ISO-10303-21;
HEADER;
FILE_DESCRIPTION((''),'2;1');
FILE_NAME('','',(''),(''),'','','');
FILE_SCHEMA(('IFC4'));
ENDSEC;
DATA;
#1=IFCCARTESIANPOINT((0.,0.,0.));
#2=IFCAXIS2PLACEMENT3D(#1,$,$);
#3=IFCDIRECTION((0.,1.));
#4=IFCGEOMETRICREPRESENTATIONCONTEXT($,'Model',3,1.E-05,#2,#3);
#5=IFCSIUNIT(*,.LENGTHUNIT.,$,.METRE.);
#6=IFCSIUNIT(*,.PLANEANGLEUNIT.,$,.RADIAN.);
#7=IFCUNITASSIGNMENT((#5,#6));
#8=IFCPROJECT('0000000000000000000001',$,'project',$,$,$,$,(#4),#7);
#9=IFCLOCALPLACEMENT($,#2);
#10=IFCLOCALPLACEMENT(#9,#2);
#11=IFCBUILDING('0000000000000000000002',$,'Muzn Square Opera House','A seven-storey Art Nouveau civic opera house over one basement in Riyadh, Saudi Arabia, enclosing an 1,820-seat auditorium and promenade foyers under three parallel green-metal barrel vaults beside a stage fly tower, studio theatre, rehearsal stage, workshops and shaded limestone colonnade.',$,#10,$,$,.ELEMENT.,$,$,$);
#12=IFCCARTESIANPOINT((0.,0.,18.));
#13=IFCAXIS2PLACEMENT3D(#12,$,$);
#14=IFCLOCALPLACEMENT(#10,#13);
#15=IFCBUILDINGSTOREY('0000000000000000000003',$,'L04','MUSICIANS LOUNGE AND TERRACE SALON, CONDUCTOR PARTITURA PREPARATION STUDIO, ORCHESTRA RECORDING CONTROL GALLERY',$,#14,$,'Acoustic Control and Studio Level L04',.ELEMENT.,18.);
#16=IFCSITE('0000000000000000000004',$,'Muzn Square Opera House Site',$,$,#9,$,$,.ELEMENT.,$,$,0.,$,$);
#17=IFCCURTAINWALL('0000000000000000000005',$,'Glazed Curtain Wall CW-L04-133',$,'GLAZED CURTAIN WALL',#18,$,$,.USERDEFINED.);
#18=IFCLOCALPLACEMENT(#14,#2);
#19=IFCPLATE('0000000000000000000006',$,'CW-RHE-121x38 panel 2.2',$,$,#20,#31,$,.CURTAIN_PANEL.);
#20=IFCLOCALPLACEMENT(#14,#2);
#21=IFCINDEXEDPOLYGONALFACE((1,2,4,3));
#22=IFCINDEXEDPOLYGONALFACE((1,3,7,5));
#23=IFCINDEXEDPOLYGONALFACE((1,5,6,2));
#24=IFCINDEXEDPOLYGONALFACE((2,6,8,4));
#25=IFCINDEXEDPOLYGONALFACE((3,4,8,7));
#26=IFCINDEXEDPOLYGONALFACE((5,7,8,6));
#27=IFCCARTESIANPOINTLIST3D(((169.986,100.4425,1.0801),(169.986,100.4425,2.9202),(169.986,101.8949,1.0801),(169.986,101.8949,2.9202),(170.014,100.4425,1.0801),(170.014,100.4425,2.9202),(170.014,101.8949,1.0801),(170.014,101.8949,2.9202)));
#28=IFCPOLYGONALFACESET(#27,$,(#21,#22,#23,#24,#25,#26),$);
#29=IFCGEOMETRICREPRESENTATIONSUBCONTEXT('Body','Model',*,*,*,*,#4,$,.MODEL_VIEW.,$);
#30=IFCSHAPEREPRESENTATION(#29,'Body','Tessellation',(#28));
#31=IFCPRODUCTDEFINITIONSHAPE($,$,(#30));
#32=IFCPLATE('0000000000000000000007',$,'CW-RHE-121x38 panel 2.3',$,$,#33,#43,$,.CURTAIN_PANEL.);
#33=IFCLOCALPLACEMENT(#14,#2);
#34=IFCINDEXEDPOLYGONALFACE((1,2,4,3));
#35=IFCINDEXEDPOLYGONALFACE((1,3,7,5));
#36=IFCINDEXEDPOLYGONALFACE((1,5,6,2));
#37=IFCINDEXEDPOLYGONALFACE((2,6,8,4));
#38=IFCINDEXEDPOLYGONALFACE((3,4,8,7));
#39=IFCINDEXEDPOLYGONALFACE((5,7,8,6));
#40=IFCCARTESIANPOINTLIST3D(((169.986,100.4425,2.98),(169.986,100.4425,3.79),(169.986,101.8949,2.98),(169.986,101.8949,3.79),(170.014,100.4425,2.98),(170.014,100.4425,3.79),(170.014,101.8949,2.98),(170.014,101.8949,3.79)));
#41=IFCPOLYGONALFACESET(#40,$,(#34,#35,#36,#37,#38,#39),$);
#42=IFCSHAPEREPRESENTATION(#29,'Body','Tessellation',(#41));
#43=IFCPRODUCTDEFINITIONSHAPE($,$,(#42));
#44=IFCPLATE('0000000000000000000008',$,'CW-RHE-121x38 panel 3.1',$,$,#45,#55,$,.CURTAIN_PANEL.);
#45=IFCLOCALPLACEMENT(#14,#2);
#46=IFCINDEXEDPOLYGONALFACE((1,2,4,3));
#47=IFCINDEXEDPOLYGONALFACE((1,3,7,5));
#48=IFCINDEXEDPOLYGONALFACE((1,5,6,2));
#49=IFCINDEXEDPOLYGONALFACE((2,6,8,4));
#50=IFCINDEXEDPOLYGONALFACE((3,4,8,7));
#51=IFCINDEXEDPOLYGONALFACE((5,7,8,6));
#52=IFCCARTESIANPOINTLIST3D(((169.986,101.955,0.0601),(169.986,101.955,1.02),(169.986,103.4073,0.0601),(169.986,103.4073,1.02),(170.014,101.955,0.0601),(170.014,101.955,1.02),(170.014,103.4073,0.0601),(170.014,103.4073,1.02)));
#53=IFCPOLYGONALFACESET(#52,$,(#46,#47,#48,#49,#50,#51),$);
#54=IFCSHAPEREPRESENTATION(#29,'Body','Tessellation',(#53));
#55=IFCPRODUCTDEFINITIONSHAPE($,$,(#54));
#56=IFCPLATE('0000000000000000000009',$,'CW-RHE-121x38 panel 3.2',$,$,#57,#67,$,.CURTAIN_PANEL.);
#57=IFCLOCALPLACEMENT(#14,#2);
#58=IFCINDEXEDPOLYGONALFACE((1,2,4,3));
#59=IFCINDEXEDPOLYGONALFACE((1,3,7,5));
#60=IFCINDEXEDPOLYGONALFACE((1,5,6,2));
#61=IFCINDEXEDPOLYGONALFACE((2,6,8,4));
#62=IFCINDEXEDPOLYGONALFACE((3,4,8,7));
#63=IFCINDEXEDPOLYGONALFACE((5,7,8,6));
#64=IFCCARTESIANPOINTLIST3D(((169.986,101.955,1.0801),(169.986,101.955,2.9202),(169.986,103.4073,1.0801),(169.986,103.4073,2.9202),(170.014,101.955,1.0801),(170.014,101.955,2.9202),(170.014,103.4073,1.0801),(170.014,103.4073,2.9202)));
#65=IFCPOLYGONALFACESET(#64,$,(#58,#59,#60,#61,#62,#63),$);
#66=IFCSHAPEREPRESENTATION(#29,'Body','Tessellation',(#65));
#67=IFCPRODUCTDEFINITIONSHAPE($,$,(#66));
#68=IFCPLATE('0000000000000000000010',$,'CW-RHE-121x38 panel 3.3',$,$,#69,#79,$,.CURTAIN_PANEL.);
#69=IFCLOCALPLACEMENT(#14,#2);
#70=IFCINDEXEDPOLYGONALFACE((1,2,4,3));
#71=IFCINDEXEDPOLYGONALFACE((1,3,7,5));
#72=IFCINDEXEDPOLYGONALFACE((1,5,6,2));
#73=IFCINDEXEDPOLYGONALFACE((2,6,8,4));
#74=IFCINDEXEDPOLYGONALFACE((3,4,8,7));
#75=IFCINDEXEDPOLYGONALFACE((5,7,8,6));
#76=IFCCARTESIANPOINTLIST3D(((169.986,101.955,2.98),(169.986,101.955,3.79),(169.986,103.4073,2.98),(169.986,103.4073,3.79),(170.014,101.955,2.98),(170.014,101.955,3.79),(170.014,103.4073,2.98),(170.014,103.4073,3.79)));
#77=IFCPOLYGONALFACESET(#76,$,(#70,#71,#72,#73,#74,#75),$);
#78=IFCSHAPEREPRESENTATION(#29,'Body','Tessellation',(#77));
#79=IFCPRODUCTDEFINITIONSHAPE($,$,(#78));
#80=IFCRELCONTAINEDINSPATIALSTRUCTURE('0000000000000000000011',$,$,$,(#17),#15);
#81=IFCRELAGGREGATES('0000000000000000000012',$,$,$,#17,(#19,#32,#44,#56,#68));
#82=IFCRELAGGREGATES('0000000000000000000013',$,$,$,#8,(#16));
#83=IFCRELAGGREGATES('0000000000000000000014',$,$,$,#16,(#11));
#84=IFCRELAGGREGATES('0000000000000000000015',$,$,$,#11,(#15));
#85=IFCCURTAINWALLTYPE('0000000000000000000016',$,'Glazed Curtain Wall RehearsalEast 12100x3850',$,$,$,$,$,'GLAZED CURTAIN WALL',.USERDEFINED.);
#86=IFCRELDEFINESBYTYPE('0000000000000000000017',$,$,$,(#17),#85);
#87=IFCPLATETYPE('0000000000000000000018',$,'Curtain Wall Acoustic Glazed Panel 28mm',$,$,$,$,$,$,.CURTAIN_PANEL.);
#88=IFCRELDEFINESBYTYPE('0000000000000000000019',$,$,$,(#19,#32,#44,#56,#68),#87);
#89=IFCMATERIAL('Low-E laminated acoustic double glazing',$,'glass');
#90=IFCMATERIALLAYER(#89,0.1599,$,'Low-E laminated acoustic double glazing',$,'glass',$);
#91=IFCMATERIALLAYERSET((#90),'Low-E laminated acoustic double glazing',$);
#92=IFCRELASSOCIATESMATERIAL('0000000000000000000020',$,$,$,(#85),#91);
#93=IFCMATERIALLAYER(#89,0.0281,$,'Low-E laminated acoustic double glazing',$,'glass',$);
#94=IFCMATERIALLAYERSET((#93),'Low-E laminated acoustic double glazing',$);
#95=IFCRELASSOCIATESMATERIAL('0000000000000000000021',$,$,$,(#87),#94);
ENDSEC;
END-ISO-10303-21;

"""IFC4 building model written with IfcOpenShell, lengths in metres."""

from ifc_helpers import new_model, si_unit, direction, frame, origin, origin_2d, place, context, subcontext, project, spatial, rectangle, extrude, material, layer, layer_set, type_object, element, aggregate, save


model = new_model("IFC4")

# Units and contexts
model_context = context("Model", 3, precision=1e-05, world=origin(), true_north=direction((0.0, 1.0)))
body_context = subcontext(model_context, "Body", "Model", "MODEL_VIEW")
ifc_project = project(units=[si_unit("LENGTHUNIT", "METRE"), si_unit("PLANEANGLEUNIT", "RADIAN")], contexts=[model_context])

# Site, building, storey
site_placement = place(None, origin())
site = spatial("IfcSite", under=ifc_project, at=site_placement, Name="Muzn Square Opera House Site", CompositionType="ELEMENT", RefElevation=0.0)
building_placement = place(site_placement, origin())
building = spatial("IfcBuilding", under=site, at=building_placement, Name="Muzn Square Opera House", Description="A seven-storey Art Nouveau civic opera house over one basement in Riyadh, Saudi Arabia, enclosing an 1,820-seat auditorium and promenade foyers under three parallel green-metal barrel vaults beside a stage fly tower, studio theatre, rehearsal stage, workshops and shaded limestone colonnade.", CompositionType="ELEMENT")
storey_placement = place(building_placement, frame((0.0, 0.0, 18.0)))
storey = spatial("IfcBuildingStorey", under=building, at=storey_placement, Name="L04", Description="MUSICIANS LOUNGE AND TERRACE SALON, CONDUCTOR PARTITURA PREPARATION STUDIO, ORCHESTRA RECORDING CONTROL GALLERY", LongName="Acoustic Control and Studio Level L04", CompositionType="ELEMENT", Elevation=18.0)

# Shared definitions
ifc_material_1 = material(Name="Low-E laminated acoustic double glazing", Category="glass")

# Curtain wall
ifc_layer_1 = layer(ifc_material_1, 0.1599, Name="Low-E laminated acoustic double glazing", Category="glass")
ifc_layer_set_1 = layer_set([ifc_layer_1], Name="Low-E laminated acoustic double glazing")
curtain_wall_type_1 = type_object("IfcCurtainWallType", Name="Glazed Curtain Wall RehearsalEast 12100x3850", ElementType="GLAZED CURTAIN WALL", PredefinedType="USERDEFINED", material=ifc_layer_set_1)
curtain_wall_1_placement = place(storey_placement, origin())
curtain_wall_1 = element("IfcCurtainWall", 1, at=curtain_wall_1_placement, inside=storey, type_object=curtain_wall_type_1, Name="Glazed Curtain Wall CW-L04-133", ObjectType="GLAZED CURTAIN WALL", PredefinedType="USERDEFINED")

# Plates
ifc_layer_2 = layer(ifc_material_1, 0.0281, Name="Low-E laminated acoustic double glazing", Category="glass")
ifc_layer_set_2 = layer_set([ifc_layer_2], Name="Low-E laminated acoustic double glazing")
plate_type = type_object("IfcPlateType", Name="Curtain Wall Acoustic Glazed Panel 28mm", PredefinedType="CURTAIN_PANEL", material=ifc_layer_set_2)
plate_1_placement = place(storey_placement, frame((170.0, 101.1687, 1.0801), z_axis=(0.0, 0.0, 1.0), x_axis=(0.0, 1.0, 0.0)))
plate_1 = element("IfcPlate", 2, at=plate_1_placement, type_object=plate_type, Name="CW-RHE-121x38 panel 2.2", PredefinedType="CURTAIN_PANEL", context=body_context, shape_type="SweptSolid", body=[
    extrude(rectangle(XDim=1.4524, YDim=0.0281, at=origin_2d()), origin(), (0.0, 0.0, 1.0), 1.8401),
])
plate_2_placement = place(storey_placement, frame((170.0, 101.1687, 2.98), z_axis=(0.0, 0.0, 1.0), x_axis=(0.0, 1.0, 0.0)))
plate_2 = element("IfcPlate", 3, at=plate_2_placement, type_object=plate_type, Name="CW-RHE-121x38 panel 2.3", PredefinedType="CURTAIN_PANEL", context=body_context, shape_type="SweptSolid", body=[
    extrude(rectangle(XDim=1.4524, YDim=0.0281, at=origin_2d()), origin(), (0.0, 0.0, 1.0), 0.8101),
])
plate_3_placement = place(storey_placement, frame((170.0, 102.6812, 0.0601), z_axis=(0.0, 0.0, 1.0), x_axis=(0.0, 1.0, 0.0)))
plate_3 = element("IfcPlate", 4, at=plate_3_placement, type_object=plate_type, Name="CW-RHE-121x38 panel 3.1", PredefinedType="CURTAIN_PANEL", context=body_context, shape_type="SweptSolid", body=[
    extrude(rectangle(XDim=1.4524, YDim=0.0281, at=origin_2d()), origin(), (0.0, 0.0, 1.0), 0.96),
])
plate_4_placement = place(storey_placement, frame((170.0, 102.6812, 1.0801), z_axis=(0.0, 0.0, 1.0), x_axis=(0.0, 1.0, 0.0)))
plate_4 = element("IfcPlate", 5, at=plate_4_placement, type_object=plate_type, Name="CW-RHE-121x38 panel 3.2", PredefinedType="CURTAIN_PANEL", context=body_context, shape_type="SweptSolid", body=[
    extrude(rectangle(XDim=1.4524, YDim=0.0281, at=origin_2d()), origin(), (0.0, 0.0, 1.0), 1.8401),
])
plate_5_placement = place(storey_placement, frame((170.0, 102.6812, 2.98), z_axis=(0.0, 0.0, 1.0), x_axis=(0.0, 1.0, 0.0)))
plate_5 = element("IfcPlate", 6, at=plate_5_placement, type_object=plate_type, Name="CW-RHE-121x38 panel 3.3", PredefinedType="CURTAIN_PANEL", context=body_context, shape_type="SweptSolid", body=[
    extrude(rectangle(XDim=1.4524, YDim=0.0281, at=origin_2d()), origin(), (0.0, 0.0, 1.0), 0.8101),
])
aggregate(curtain_wall_1, [plate_1, plate_2, plate_3, plate_4, plate_5])

save(model, "model.ifc")
